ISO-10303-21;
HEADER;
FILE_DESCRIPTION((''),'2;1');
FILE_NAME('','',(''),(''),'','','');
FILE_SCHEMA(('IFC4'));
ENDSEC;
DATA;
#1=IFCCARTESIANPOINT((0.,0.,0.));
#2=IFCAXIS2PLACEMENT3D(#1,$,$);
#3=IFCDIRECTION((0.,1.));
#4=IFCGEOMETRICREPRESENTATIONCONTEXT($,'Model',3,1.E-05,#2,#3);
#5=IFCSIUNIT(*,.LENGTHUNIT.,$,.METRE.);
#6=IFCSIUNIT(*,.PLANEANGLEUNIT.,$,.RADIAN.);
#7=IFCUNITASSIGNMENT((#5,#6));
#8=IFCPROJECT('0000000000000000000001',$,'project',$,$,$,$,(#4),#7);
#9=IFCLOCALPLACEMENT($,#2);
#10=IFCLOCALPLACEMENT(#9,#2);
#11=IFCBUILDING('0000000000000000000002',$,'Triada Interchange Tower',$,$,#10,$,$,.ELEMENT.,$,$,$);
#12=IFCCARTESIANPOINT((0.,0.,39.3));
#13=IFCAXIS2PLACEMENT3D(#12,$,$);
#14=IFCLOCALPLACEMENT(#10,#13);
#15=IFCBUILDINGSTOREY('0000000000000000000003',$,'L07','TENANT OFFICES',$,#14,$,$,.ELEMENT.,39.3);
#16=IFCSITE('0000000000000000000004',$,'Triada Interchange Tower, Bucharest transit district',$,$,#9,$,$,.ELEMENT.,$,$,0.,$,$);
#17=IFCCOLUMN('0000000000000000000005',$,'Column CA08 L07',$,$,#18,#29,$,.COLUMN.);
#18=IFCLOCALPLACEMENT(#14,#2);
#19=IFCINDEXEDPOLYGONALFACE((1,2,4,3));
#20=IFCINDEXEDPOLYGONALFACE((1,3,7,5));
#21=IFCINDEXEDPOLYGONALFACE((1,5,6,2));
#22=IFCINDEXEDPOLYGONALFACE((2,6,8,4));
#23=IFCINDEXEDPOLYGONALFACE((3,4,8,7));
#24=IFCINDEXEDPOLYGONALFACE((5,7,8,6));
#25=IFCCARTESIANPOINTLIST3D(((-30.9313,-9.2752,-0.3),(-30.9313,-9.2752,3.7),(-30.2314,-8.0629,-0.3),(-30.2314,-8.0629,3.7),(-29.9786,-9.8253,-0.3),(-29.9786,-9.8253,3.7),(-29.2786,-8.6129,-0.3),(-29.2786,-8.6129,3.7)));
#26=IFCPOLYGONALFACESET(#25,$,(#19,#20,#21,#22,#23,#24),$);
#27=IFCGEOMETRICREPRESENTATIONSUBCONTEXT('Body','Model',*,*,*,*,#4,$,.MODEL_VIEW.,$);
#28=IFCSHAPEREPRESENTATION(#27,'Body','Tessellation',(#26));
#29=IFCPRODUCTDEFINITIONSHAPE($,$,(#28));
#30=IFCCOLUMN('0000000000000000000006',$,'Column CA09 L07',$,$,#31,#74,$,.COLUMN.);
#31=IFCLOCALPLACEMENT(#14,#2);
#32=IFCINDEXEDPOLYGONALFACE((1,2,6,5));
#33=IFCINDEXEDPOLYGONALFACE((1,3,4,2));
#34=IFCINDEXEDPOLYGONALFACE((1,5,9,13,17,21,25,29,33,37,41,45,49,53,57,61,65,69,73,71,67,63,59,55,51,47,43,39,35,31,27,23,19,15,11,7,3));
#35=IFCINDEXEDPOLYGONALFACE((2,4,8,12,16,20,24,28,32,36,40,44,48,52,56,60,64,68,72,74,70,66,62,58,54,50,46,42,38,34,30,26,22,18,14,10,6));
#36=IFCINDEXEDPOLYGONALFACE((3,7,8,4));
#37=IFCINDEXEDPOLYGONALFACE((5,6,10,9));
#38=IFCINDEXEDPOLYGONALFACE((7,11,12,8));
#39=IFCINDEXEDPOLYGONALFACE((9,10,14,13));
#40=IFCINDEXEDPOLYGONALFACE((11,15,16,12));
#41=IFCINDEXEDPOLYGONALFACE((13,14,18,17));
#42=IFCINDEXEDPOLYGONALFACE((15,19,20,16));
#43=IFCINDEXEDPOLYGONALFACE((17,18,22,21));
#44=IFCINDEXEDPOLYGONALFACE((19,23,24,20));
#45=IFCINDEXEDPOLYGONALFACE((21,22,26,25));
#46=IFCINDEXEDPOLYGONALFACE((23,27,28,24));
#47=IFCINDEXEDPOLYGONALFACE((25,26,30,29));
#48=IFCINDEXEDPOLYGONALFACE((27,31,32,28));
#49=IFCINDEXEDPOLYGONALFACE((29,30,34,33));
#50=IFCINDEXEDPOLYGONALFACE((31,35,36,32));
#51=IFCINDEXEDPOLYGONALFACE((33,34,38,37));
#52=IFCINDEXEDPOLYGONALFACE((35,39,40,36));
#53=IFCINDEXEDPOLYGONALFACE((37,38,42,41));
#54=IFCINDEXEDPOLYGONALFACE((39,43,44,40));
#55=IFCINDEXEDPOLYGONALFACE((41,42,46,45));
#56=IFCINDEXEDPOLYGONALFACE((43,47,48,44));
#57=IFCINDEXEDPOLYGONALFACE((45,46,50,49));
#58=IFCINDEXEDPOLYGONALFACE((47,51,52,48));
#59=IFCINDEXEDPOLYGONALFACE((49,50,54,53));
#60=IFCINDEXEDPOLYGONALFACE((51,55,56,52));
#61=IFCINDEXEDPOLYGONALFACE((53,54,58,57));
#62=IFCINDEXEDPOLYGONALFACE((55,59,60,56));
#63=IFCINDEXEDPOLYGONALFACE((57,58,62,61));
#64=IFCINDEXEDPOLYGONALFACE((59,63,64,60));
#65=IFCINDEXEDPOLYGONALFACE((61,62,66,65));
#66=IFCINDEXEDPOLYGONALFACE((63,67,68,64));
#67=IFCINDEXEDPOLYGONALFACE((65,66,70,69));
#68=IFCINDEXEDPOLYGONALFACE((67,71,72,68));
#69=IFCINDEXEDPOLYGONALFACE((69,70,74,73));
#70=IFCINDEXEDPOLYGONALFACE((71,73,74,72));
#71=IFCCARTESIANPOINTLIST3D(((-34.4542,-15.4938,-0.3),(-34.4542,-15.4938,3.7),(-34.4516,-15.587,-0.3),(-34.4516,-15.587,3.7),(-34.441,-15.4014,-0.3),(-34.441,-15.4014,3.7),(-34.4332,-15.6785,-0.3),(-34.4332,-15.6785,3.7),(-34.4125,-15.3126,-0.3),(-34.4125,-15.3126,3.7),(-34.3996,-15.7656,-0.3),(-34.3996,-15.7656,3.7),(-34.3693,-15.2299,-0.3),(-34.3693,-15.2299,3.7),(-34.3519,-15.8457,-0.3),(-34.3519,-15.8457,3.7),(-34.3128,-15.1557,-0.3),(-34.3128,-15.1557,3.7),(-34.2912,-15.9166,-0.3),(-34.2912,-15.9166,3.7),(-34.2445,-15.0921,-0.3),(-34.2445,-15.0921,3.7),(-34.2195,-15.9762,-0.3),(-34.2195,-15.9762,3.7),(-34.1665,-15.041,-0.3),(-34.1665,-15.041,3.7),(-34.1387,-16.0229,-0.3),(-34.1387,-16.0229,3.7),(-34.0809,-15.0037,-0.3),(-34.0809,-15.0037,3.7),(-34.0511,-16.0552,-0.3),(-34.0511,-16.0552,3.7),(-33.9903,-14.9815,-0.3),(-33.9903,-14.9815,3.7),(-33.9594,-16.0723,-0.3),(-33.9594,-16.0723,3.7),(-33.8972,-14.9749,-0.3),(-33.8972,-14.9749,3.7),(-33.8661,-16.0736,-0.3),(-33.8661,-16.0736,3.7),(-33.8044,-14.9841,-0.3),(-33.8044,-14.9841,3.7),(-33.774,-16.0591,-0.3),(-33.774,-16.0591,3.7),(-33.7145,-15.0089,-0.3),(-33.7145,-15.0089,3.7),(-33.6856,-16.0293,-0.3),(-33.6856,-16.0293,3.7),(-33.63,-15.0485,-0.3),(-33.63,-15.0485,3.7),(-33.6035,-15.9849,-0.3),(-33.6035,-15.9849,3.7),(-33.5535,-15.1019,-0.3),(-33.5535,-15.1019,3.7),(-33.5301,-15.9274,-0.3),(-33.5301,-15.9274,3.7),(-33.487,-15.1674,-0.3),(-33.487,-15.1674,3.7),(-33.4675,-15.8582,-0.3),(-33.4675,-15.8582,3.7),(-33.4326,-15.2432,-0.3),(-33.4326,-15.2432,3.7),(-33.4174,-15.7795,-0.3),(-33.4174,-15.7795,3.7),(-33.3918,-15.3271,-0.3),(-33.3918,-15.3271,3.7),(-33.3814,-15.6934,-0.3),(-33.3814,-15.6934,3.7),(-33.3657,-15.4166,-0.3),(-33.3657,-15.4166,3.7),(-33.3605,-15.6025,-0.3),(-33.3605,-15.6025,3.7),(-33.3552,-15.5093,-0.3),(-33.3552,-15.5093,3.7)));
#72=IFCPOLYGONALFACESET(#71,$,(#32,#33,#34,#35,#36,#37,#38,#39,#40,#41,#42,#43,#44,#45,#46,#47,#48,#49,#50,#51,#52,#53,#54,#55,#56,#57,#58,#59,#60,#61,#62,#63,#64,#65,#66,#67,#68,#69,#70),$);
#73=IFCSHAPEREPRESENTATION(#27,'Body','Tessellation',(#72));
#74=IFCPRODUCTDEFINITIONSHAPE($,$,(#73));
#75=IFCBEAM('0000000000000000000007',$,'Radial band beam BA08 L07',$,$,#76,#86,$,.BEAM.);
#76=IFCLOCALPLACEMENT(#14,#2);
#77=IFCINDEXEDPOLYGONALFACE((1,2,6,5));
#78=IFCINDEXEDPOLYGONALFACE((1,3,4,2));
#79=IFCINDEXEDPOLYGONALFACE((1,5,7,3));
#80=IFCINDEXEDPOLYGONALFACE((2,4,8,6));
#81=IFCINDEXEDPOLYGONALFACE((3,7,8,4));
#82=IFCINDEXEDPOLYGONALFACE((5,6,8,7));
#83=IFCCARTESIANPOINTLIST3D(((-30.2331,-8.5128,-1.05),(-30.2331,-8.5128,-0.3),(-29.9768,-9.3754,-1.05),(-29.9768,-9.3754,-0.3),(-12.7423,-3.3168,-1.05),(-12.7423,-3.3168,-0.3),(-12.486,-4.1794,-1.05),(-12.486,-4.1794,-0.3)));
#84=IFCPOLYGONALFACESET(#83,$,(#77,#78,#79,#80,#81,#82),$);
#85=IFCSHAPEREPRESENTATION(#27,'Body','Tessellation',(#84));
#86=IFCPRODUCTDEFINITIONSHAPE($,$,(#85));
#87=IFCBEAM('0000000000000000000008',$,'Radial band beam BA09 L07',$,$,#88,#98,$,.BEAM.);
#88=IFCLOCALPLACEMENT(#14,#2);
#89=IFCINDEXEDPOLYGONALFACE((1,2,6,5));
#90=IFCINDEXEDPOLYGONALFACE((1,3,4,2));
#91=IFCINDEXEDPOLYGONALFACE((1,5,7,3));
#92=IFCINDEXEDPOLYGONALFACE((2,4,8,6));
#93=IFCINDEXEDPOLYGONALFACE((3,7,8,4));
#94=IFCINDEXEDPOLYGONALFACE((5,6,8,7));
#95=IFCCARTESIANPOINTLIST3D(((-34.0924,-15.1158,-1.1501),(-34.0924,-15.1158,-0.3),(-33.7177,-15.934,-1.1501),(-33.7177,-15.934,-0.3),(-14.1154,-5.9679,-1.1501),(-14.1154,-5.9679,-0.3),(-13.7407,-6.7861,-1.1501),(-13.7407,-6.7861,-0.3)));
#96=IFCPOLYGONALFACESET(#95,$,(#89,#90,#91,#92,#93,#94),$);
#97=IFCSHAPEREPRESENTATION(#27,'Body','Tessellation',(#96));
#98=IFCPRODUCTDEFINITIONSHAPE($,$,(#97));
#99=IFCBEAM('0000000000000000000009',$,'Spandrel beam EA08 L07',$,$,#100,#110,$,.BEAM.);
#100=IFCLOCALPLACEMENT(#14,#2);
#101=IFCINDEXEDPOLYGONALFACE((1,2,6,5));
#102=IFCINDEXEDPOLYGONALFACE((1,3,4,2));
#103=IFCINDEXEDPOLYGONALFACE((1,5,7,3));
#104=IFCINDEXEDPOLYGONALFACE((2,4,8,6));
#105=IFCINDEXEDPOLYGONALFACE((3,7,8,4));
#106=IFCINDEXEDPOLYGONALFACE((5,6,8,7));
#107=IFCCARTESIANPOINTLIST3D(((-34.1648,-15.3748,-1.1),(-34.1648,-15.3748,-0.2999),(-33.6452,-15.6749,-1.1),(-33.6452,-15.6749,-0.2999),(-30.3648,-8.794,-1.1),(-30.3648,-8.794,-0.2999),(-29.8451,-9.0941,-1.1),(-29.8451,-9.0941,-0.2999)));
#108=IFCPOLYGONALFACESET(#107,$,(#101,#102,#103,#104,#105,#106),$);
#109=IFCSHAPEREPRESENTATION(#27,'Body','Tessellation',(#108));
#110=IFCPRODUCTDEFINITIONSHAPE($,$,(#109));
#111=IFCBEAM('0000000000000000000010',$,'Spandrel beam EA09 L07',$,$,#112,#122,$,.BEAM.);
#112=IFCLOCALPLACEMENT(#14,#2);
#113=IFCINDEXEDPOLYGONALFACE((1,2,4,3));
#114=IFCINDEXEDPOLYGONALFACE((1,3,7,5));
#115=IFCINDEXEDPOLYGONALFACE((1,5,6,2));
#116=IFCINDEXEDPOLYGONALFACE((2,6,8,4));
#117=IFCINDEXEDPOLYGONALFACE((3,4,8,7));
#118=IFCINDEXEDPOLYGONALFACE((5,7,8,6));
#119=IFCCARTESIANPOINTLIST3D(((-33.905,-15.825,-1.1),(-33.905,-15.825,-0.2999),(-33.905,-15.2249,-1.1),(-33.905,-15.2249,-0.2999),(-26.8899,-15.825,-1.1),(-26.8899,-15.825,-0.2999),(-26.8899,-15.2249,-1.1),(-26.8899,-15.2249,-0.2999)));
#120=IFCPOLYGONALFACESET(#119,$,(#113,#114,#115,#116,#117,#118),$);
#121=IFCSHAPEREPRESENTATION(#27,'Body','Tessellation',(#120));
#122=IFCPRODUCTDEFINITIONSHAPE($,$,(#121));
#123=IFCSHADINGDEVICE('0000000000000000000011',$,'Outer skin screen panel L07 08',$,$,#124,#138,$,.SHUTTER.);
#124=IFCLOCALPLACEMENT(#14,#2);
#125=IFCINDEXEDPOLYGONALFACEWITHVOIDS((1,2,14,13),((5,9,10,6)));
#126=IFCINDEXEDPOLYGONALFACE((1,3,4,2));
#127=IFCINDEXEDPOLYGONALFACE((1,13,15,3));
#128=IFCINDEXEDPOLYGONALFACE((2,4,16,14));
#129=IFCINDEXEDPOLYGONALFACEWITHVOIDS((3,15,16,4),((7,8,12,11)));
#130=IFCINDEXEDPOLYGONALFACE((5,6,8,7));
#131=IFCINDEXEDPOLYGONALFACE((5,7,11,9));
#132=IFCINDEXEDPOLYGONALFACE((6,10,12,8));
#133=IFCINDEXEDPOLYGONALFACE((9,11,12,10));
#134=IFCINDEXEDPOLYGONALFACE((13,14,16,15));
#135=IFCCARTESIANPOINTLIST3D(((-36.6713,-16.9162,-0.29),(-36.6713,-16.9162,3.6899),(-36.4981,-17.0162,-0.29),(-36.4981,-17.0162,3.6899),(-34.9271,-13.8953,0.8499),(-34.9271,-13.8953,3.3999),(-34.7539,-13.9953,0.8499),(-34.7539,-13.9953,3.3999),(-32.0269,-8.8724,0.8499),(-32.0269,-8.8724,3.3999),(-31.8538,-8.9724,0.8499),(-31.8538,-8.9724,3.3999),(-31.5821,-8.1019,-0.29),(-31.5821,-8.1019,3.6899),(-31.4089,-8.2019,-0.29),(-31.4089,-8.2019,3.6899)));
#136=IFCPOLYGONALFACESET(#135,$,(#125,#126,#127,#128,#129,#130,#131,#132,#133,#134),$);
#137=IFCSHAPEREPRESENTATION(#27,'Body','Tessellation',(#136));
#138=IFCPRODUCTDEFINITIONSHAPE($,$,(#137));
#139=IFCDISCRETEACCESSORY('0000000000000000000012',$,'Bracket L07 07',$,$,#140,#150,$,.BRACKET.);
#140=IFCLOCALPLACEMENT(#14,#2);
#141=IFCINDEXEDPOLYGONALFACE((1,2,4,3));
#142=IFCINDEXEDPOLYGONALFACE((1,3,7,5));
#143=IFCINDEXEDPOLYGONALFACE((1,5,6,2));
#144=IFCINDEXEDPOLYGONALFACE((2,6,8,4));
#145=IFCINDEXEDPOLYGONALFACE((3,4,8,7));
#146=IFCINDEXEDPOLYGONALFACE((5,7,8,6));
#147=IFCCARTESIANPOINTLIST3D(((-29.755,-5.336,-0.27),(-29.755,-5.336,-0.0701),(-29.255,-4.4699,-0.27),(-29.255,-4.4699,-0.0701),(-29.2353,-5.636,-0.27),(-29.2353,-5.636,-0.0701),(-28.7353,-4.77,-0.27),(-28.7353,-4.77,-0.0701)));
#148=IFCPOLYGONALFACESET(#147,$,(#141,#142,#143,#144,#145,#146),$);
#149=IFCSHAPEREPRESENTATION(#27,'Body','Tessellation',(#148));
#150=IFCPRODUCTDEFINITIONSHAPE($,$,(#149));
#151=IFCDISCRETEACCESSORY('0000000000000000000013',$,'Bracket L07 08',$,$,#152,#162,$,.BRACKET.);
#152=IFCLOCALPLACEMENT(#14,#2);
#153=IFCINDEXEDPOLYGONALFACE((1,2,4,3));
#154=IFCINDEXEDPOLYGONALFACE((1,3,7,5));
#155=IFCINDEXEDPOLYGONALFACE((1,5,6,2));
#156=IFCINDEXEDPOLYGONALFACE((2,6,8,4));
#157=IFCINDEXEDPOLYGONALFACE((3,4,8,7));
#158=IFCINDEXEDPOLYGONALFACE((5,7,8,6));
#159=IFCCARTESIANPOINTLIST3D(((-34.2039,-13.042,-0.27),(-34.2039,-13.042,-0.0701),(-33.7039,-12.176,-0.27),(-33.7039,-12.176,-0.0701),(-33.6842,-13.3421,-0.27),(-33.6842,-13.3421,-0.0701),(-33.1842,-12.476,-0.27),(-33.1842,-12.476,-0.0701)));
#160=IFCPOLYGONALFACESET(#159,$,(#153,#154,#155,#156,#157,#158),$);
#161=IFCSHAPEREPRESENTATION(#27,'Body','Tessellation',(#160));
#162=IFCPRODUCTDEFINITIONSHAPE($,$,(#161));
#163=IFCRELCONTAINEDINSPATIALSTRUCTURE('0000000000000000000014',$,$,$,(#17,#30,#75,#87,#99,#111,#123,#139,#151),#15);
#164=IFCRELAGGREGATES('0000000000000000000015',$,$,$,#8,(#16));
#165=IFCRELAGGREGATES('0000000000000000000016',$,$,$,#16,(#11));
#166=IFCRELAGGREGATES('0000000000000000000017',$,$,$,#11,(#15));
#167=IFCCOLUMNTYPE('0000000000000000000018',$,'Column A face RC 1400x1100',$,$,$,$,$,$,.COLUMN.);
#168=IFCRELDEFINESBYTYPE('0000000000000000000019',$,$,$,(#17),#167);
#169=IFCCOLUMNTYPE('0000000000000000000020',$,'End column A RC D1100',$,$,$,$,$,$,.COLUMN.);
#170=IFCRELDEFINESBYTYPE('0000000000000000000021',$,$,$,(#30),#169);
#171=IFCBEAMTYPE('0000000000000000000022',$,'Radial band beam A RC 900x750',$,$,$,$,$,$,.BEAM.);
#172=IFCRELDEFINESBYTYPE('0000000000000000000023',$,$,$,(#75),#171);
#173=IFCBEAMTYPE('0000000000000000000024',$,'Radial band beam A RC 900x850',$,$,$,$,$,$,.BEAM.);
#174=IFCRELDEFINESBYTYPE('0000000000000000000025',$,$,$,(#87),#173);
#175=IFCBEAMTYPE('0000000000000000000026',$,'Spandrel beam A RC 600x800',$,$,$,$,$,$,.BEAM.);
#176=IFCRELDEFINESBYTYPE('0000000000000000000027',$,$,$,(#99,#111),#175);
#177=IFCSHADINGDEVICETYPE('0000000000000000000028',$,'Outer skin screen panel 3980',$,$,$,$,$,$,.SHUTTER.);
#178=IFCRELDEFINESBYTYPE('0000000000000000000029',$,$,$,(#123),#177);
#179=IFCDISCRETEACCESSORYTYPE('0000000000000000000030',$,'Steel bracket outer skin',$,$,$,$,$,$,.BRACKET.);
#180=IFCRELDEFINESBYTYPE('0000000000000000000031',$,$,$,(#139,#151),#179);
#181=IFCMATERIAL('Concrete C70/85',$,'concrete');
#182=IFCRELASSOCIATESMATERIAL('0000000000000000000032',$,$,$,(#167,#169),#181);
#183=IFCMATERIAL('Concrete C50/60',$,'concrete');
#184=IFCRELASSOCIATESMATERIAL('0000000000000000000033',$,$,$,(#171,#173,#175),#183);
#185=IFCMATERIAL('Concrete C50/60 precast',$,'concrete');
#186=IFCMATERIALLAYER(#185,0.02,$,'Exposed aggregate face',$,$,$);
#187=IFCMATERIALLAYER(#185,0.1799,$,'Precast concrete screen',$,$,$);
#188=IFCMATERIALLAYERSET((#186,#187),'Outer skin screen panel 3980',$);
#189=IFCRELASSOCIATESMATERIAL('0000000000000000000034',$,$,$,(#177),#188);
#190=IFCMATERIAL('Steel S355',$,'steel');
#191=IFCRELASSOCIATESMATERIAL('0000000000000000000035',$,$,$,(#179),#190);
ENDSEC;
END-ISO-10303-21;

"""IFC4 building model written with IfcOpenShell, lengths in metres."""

from ifc_helpers import new_model, si_unit, direction, frame, origin, origin_2d, place, context, subcontext, project, spatial, polyline, rectangle, circle, outline, extrude, material, layer, layer_set, material_profile, profile_set, type_object, element, save


model = new_model("IFC4")

# Units and contexts
model_context = context("Model", 3, precision=1e-05, world=origin(), true_north=direction((0.0, 1.0)))
body_context = subcontext(model_context, "Body", "Model", "MODEL_VIEW")
ifc_project = project(units=[si_unit("LENGTHUNIT", "METRE"), si_unit("PLANEANGLEUNIT", "RADIAN")], contexts=[model_context])

# Site, building, storey
site_placement = place(None, origin())
site = spatial("IfcSite", under=ifc_project, at=site_placement, Name="Triada Interchange Tower, Bucharest transit district", CompositionType="ELEMENT", RefElevation=0.0)
building_placement = place(site_placement, origin())
building = spatial("IfcBuilding", under=site, at=building_placement, Name="Triada Interchange Tower", CompositionType="ELEMENT")
storey_placement = place(building_placement, frame((0.0, 0.0, 39.3)))
storey = spatial("IfcBuildingStorey", under=building, at=storey_placement, Name="L07", Description="TENANT OFFICES", CompositionType="ELEMENT", Elevation=39.3)

# Columns
ifc_material_1 = material(Name="Concrete C70/85", Category="concrete")
ifc_material_profile_1 = material_profile(ifc_material_1, rectangle(XDim=1.3999, YDim=1.1001, at=origin_2d()), Name="RC 1400x1100")
ifc_profile_set_1 = profile_set([ifc_material_profile_1], Name="Concrete C70/85")
column_type_1 = type_object("IfcColumnType", Name="Column A face RC 1400x1100", PredefinedType="COLUMN", material=ifc_profile_set_1)
column_1_placement = place(storey_placement, frame((-30.105, -8.9441, -0.3), z_axis=(0.0, 0.0, 1.0), x_axis=(0.5, 0.866025, 0.0)))
element("IfcColumn", 1, at=column_1_placement, inside=storey, type_object=column_type_1, Name="Column CA08 L07", PredefinedType="COLUMN", context=body_context, shape_type="SweptSolid", body=[
    extrude(rectangle(XDim=1.3999, YDim=1.1001, at=origin_2d()), origin(), (0.0, 0.0, 1.0), 4.0),
])
ifc_material_profile_2 = material_profile(ifc_material_1, circle(Radius=0.55, at=origin_2d()), Name="RC D1100")
ifc_profile_set_2 = profile_set([ifc_material_profile_2], Name="Concrete C70/85")
column_type_2 = type_object("IfcColumnType", Name="End column A RC D1100", PredefinedType="COLUMN", material=ifc_profile_set_2)
column_2_placement = place(storey_placement, frame((-33.905, -15.5249, -0.3), z_axis=(0.0, 0.0, 1.0), x_axis=(0.5, 0.866025, 0.0)))
element("IfcColumn", 2, at=column_2_placement, inside=storey, type_object=column_type_2, Name="Column CA09 L07", PredefinedType="COLUMN", context=body_context, shape_type="SweptSolid", body=[
    extrude(circle(Radius=0.55, at=origin_2d()), origin(), (0.0, 0.0, 1.0), 4.0),
])

# Beams
ifc_material_2 = material(Name="Concrete C50/60", Category="concrete")
ifc_material_profile_3 = material_profile(ifc_material_2, rectangle(XDim=0.8999, YDim=0.75, at=origin_2d()), Name="RC 900x750")
ifc_profile_set_3 = profile_set([ifc_material_profile_3], Name="Concrete C50/60")
beam_type_1 = type_object("IfcBeamType", Name="Radial band beam A RC 900x750", PredefinedType="BEAM", material=ifc_profile_set_3)
beam_1_placement = place(storey_placement, frame((-30.105, -8.9441, -0.675), z_axis=(0.958596, 0.28477, 0.0), x_axis=(-0.28477, 0.958596, 0.0)))
element("IfcBeam", 3, at=beam_1_placement, inside=storey, type_object=beam_type_1, Name="Radial band beam BA08 L07", PredefinedType="BEAM", context=body_context, shape_type="SweptSolid", body=[
    extrude(rectangle(XDim=0.8999, YDim=0.75, at=origin_2d()), origin(), (0.0, 0.0, 1.0), 18.2463),
])
ifc_material_profile_4 = material_profile(ifc_material_2, rectangle(XDim=0.8999, YDim=0.8501, at=origin_2d()), Name="RC 900x850")
ifc_profile_set_4 = profile_set([ifc_material_profile_4], Name="Concrete C50/60")
beam_type_2 = type_object("IfcBeamType", Name="Radial band beam A RC 900x850", PredefinedType="BEAM", material=ifc_profile_set_4)
beam_2_placement = place(storey_placement, frame((-33.905, -15.5249, -0.7251), z_axis=(0.909206, 0.416346, 0.0), x_axis=(-0.416346, 0.909206, 0.0)))
element("IfcBeam", 4, at=beam_2_placement, inside=storey, type_object=beam_type_2, Name="Radial band beam BA09 L07", PredefinedType="BEAM", context=body_context, shape_type="SweptSolid", body=[
    extrude(rectangle(XDim=0.8999, YDim=0.8501, at=origin_2d()), origin(), (0.0, 0.0, 1.0), 21.9719),
])
ifc_material_profile_5 = material_profile(ifc_material_2, rectangle(XDim=0.6001, YDim=0.8, at=origin_2d()), Name="RC 600x800")
ifc_profile_set_5 = profile_set([ifc_material_profile_5], Name="Concrete C50/60")
beam_type_3 = type_object("IfcBeamType", Name="Spandrel beam A RC 600x800", PredefinedType="BEAM", material=ifc_profile_set_5)
beam_3_placement = place(storey_placement, frame((-30.105, -8.9441, -0.7), z_axis=(-0.500061, -0.86599, 0.0), x_axis=(0.86599, -0.500061, 0.0)))
element("IfcBeam", 5, at=beam_3_placement, inside=storey, type_object=beam_type_3, Name="Spandrel beam EA08 L07", PredefinedType="BEAM", context=body_context, shape_type="SweptSolid", body=[
    extrude(rectangle(XDim=0.6001, YDim=0.8, at=origin_2d()), origin(), (0.0, 0.0, 1.0), 7.5991),
])
beam_4_placement = place(storey_placement, frame((-33.905, -15.5249, -0.7), z_axis=(1.0, 0.0, 0.0), x_axis=(0.0, 1.0, 0.0)))
element("IfcBeam", 6, at=beam_4_placement, inside=storey, type_object=beam_type_3, Name="Spandrel beam EA09 L07", PredefinedType="BEAM", context=body_context, shape_type="SweptSolid", body=[
    extrude(rectangle(XDim=0.6001, YDim=0.8, at=origin_2d()), origin(), (0.0, 0.0, 1.0), 7.0151),
])

# Shading device
ifc_material_3 = material(Name="Concrete C50/60 precast", Category="concrete")
ifc_layer_1 = layer(ifc_material_3, 0.02, Name="Exposed aggregate face")
ifc_layer_2 = layer(ifc_material_3, 0.1799, Name="Precast concrete screen")
ifc_layer_set = layer_set([ifc_layer_1, ifc_layer_2], Name="Outer skin screen panel 3980")
shading_device_type = type_object("IfcShadingDeviceType", Name="Outer skin screen panel 3980", PredefinedType="SHUTTER", material=ifc_layer_set)
shading_device_placement = place(storey_placement, frame((-31.4089, -8.2019, -0.29), z_axis=(0.0, 0.0, 1.0), x_axis=(-0.500017, -0.866016, 0.0)))
element("IfcShadingDevice", 7, at=shading_device_placement, inside=storey, type_object=shading_device_type, Name="Outer skin screen panel L07 08", PredefinedType="SHUTTER", context=body_context, shape_type="SweptSolid", body=[
    extrude(outline(polyline([(0.0, 0.0), (10.178, 0.0), (10.178, 3.98), (0.0, 3.98), (0.0, 0.0)]), holes=[polyline([(0.8896, 1.1399), (0.8896, 3.6899), (6.6897, 3.6899), (6.6897, 1.1399), (0.8896, 1.1399)])]), frame((0.0, 0.0, 0.0), z_axis=(0.0, -1.0, 0.0), x_axis=(1.0, 0.0, 0.0)), (0.0, 0.0, 1.0), 0.2),
])

# Discrete accessories
ifc_material_4 = material(Name="Steel S355", Category="steel")
discrete_accessory_type = type_object("IfcDiscreteAccessoryType", Name="Steel bracket outer skin", PredefinedType="BRACKET", material=ifc_material_4)
for number, where, z_axis, x_axis, name in (
    (8, (-29.2451, -5.053, -0.27), (0.0, 0.0, 1.0), (-0.866021, 0.500008, 0.0), "Bracket L07 07"),
    (9, (-33.6941, -12.759, -0.27), (0.0, 0.0, 1.0), (-0.866021, 0.500008, 0.0), "Bracket L07 08"),
):
    element("IfcDiscreteAccessory", number, at=place(storey_placement, frame(where, z_axis=z_axis, x_axis=x_axis)), inside=storey, type_object=discrete_accessory_type, Name=name, PredefinedType="BRACKET", context=body_context, shape_type="SweptSolid", body=[
        extrude(rectangle(XDim=0.6001, YDim=1.0, at=origin_2d()), origin(), (0.0, 0.0, 1.0), 0.2),
    ])

save(model, "model.ifc")
